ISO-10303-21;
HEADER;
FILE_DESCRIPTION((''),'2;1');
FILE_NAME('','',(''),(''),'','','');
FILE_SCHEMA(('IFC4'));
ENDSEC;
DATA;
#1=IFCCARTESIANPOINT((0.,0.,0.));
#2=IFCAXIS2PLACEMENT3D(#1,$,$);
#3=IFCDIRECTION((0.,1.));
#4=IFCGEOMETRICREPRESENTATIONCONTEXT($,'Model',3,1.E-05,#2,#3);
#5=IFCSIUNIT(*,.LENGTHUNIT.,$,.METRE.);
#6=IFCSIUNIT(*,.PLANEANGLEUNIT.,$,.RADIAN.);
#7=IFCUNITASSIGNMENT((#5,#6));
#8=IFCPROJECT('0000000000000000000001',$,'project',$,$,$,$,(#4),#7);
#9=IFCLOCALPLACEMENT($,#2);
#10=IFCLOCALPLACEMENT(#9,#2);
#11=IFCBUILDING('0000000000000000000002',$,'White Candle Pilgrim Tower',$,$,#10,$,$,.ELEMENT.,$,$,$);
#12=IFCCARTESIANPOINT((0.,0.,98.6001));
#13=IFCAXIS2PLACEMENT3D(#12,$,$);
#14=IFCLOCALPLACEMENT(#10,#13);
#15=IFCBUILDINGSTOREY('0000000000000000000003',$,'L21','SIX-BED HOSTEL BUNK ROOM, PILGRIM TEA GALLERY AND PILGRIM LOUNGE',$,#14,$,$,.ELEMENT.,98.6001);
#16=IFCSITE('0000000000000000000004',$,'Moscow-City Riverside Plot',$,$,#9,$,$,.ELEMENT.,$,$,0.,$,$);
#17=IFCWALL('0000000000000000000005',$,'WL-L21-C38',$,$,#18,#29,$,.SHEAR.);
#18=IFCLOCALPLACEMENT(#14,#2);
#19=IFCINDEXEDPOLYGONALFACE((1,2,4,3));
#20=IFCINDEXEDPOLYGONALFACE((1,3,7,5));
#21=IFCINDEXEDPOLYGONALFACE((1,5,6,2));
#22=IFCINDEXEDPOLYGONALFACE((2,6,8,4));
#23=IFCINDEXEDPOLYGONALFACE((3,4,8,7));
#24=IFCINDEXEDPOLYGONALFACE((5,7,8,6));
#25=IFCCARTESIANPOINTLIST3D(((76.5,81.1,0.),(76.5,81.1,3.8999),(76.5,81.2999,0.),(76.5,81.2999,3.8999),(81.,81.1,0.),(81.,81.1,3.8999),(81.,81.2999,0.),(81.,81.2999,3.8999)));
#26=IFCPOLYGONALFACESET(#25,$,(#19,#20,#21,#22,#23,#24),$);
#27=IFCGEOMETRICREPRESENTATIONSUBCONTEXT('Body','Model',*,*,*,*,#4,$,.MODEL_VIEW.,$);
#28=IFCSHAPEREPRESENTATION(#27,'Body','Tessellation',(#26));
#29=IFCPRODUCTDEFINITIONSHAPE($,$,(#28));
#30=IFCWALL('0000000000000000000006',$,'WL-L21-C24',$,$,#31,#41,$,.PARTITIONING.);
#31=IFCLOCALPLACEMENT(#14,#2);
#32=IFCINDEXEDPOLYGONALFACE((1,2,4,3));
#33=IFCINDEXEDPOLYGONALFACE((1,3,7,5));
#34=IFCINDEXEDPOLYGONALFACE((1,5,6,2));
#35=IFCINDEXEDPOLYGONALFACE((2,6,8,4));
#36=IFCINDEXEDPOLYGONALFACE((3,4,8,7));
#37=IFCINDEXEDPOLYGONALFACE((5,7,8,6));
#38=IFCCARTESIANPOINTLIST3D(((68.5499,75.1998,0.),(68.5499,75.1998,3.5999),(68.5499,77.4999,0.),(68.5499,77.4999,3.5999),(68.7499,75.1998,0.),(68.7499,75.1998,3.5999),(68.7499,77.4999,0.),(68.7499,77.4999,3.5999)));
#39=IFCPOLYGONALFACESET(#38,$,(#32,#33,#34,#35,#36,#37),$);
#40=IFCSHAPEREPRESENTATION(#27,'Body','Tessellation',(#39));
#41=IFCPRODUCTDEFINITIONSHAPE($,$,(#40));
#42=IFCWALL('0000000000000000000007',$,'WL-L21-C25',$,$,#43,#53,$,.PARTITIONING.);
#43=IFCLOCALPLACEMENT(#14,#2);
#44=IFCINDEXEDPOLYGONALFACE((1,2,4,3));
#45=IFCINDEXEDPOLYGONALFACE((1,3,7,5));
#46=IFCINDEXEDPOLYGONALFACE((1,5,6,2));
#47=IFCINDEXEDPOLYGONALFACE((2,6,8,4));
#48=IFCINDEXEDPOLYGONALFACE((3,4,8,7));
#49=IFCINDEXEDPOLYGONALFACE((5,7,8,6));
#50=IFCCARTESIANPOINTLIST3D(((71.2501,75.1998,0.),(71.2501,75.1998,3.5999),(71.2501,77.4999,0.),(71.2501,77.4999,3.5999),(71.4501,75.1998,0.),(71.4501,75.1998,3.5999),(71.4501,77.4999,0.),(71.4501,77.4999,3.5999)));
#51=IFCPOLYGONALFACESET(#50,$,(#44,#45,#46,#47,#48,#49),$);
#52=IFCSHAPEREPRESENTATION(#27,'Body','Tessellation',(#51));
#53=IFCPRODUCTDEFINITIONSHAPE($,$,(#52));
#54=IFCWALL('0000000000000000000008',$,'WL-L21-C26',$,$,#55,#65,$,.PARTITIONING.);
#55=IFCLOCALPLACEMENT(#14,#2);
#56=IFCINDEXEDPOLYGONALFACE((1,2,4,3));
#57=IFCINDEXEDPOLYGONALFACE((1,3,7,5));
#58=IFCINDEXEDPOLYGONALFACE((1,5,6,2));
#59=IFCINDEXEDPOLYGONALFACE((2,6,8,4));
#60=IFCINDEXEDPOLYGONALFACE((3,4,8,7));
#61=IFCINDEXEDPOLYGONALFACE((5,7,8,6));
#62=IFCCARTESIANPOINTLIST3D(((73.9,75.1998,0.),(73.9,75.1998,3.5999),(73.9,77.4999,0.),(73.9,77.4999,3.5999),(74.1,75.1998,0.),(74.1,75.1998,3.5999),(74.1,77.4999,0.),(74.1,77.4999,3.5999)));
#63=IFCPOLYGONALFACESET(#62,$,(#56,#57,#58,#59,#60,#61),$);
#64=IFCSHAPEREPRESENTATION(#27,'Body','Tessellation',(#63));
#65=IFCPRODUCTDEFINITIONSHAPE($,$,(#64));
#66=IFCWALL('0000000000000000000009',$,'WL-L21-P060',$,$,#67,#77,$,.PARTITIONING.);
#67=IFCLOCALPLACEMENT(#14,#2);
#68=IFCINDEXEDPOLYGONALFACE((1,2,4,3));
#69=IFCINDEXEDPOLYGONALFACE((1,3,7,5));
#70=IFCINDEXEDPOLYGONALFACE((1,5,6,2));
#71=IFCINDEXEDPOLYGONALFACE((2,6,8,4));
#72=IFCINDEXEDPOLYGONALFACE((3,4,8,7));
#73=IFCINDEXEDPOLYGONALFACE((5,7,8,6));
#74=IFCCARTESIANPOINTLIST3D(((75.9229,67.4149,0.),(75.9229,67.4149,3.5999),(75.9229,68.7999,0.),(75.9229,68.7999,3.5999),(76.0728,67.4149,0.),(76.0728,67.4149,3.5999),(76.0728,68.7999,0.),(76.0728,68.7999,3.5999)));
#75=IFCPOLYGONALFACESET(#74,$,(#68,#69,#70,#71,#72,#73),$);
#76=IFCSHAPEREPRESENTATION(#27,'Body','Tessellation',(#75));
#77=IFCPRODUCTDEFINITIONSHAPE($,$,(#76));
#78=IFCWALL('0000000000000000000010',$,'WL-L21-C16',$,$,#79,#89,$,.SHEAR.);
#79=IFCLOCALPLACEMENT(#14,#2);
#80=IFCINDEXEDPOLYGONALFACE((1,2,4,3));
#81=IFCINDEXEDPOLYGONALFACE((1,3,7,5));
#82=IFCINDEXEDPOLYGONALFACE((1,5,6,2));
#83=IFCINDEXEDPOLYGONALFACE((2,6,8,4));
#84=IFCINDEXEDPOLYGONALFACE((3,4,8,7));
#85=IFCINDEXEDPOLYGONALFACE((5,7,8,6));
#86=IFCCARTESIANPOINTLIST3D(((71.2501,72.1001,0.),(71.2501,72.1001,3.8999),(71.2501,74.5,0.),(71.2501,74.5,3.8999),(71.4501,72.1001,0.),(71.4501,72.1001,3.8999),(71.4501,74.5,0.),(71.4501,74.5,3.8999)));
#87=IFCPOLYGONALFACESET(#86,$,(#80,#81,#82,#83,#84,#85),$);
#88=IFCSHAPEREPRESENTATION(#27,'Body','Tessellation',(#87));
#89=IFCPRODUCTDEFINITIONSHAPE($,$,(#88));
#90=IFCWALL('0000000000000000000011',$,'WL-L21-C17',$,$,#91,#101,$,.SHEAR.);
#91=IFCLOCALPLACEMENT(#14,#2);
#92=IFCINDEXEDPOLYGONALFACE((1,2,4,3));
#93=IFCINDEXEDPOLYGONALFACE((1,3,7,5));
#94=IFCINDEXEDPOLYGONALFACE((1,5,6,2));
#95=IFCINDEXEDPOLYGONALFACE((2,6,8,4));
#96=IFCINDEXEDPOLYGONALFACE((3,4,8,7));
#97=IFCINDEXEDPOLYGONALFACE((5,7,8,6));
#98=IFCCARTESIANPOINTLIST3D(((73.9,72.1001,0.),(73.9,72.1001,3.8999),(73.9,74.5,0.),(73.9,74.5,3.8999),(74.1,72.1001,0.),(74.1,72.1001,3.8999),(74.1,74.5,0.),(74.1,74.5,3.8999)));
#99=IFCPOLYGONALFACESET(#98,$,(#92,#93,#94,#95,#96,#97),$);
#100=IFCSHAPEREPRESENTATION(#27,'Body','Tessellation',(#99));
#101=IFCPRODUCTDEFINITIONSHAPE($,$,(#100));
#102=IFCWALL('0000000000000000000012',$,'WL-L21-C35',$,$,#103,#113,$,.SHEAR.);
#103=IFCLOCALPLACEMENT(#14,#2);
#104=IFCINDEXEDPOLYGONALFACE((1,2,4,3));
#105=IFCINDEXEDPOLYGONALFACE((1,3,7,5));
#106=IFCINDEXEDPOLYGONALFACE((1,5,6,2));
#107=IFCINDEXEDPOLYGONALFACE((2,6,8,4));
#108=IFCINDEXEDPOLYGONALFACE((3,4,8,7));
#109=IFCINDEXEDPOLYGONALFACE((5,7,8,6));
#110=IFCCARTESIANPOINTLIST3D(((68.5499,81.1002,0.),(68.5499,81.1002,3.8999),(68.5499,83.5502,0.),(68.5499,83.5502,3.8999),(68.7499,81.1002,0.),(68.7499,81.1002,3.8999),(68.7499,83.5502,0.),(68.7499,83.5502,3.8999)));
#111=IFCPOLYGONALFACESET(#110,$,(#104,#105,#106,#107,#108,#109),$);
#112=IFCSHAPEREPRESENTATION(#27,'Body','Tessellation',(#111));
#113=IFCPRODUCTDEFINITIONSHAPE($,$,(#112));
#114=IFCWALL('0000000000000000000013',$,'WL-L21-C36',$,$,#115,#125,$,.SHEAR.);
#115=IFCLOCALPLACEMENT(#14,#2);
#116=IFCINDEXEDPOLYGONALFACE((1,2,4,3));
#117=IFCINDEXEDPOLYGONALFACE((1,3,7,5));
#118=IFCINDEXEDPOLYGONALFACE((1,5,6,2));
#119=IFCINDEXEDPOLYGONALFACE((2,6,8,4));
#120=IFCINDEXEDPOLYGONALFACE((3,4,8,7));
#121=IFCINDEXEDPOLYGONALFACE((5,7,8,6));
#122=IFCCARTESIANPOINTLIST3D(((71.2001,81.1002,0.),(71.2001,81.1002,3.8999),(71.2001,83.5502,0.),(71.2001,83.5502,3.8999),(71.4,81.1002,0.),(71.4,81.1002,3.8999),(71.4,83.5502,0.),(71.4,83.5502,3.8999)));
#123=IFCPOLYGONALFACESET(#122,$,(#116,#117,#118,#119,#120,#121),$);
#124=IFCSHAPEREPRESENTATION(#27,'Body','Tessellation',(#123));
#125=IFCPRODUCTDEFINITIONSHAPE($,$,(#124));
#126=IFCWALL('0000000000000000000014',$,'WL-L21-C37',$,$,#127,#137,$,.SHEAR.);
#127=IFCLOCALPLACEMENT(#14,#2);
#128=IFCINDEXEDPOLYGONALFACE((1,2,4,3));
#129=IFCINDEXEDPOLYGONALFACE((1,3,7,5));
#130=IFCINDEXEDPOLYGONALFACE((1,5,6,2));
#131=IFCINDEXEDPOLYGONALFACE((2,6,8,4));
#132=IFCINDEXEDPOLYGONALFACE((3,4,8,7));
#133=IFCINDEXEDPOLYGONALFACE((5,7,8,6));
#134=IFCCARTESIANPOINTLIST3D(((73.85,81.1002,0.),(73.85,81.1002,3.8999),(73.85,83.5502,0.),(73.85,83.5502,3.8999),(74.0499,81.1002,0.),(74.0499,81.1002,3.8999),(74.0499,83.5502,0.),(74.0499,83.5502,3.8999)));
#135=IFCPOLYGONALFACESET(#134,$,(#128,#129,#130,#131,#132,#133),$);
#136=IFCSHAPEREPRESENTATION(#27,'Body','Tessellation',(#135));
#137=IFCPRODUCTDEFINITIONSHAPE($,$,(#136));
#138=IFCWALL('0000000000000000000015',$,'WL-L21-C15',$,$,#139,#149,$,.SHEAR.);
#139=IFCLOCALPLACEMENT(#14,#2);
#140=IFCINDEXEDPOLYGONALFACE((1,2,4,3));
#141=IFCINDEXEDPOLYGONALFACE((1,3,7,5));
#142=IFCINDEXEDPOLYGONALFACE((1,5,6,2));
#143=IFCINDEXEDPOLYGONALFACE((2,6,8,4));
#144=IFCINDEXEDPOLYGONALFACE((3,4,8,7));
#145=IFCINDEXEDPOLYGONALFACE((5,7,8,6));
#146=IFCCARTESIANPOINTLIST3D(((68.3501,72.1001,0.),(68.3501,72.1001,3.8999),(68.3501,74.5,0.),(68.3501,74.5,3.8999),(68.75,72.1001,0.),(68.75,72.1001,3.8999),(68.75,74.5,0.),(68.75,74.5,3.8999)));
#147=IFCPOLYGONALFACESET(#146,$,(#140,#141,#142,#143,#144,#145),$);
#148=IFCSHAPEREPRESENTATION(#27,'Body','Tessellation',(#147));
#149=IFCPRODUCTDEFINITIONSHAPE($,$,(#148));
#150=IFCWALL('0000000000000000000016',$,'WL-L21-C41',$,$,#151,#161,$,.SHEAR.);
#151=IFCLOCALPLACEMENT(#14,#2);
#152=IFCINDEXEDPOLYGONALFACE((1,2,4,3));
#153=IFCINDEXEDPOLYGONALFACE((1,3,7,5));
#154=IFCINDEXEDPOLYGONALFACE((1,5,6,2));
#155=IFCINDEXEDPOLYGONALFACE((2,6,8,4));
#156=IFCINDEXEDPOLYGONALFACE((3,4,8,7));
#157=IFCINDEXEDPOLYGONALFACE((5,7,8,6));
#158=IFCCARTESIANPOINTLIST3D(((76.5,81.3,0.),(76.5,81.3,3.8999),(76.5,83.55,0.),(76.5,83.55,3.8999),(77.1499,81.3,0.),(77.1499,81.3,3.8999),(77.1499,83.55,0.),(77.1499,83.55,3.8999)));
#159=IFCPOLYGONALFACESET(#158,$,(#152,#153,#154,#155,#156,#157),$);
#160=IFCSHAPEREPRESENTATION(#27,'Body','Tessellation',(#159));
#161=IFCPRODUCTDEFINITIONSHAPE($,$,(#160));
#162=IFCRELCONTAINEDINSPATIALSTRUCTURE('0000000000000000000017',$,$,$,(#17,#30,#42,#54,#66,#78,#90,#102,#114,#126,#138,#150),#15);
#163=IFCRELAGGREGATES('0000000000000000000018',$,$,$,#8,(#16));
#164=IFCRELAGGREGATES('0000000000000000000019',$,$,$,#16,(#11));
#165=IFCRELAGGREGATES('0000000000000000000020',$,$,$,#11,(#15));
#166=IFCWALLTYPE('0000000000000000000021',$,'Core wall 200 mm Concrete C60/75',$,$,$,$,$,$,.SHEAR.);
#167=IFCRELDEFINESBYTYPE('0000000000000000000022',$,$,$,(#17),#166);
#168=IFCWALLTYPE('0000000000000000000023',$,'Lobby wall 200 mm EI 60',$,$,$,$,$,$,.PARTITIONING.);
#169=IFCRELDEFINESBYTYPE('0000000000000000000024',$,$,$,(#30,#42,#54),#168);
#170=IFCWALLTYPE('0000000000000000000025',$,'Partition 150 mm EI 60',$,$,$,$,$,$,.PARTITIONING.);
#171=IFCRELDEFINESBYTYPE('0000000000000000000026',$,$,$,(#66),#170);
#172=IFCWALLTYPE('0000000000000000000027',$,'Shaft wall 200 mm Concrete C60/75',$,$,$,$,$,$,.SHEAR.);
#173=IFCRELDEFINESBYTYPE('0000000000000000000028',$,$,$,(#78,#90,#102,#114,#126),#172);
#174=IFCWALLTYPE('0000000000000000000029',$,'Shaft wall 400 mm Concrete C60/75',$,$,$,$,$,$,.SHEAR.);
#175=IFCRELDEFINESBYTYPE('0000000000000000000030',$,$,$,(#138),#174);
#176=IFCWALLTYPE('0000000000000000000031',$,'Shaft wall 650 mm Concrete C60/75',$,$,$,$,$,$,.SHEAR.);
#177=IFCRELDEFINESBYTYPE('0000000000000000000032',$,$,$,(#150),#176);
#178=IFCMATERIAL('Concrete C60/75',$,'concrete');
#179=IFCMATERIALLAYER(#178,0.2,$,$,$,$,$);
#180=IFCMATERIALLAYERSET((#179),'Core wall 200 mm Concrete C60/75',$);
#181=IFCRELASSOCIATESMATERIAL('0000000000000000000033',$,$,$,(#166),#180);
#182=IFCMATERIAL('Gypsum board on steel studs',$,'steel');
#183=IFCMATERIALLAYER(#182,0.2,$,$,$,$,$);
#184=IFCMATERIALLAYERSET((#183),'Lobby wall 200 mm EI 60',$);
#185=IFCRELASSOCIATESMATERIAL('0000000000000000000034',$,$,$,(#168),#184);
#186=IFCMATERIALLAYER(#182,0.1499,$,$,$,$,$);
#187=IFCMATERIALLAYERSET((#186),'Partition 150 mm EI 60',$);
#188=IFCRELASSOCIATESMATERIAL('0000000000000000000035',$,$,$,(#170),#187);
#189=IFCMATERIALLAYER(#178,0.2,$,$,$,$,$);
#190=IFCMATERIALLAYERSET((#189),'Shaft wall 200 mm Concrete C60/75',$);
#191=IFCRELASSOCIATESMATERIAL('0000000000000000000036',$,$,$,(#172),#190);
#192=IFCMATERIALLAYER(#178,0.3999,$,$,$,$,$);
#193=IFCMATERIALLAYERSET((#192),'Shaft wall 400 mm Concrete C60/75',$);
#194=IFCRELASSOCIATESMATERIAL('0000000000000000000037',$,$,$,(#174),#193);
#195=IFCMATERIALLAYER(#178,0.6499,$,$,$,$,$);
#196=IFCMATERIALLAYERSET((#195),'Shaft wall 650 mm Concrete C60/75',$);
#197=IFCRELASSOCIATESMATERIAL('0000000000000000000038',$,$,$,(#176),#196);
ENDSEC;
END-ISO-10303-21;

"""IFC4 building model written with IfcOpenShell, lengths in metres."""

from ifc_helpers import new_model, si_unit, direction, frame, frame_2d, origin, place, context, subcontext, project, spatial, rectangle, extrude, material, layer, layer_set, type_object, element, save


model = new_model("IFC4")

# Units and contexts
model_context = context("Model", 3, precision=1e-05, world=origin(), true_north=direction((0.0, 1.0)))
body_context = subcontext(model_context, "Body", "Model", "MODEL_VIEW")
ifc_project = project(units=[si_unit("LENGTHUNIT", "METRE"), si_unit("PLANEANGLEUNIT", "RADIAN")], contexts=[model_context])

# Site, building, storey
site_placement = place(None, origin())
site = spatial("IfcSite", under=ifc_project, at=site_placement, Name="Moscow-City Riverside Plot", CompositionType="ELEMENT", RefElevation=0.0)
building_placement = place(site_placement, origin())
building = spatial("IfcBuilding", under=site, at=building_placement, Name="White Candle Pilgrim Tower", CompositionType="ELEMENT")
storey_placement = place(building_placement, frame((0.0, 0.0, 98.6001)))
storey = spatial("IfcBuildingStorey", under=building, at=storey_placement, Name="L21", Description="SIX-BED HOSTEL BUNK ROOM, PILGRIM TEA GALLERY AND PILGRIM LOUNGE", CompositionType="ELEMENT", Elevation=98.6001)

# Walls
ifc_material_1 = material(Name="Concrete C60/75", Category="concrete")
ifc_layer_1 = layer(ifc_material_1, 0.2)
ifc_layer_set_1 = layer_set([ifc_layer_1], Name="Core wall 200 mm Concrete C60/75")
wall_type_1 = type_object("IfcWallType", Name="Core wall 200 mm Concrete C60/75", PredefinedType="SHEAR", material=ifc_layer_set_1)
wall_1_placement = place(storey_placement, frame((76.5, 81.2, 0.0), z_axis=(0.0, 0.0, 1.0), x_axis=(1.0, 0.0, 0.0)))
element("IfcWall", 1, at=wall_1_placement, inside=storey, type_object=wall_type_1, Name="WL-L21-C38", PredefinedType="SHEAR", context=body_context, shape_type="SweptSolid", body=[
    extrude(rectangle(XDim=4.5, YDim=0.2, at=frame_2d((2.25, 0.0))), origin(), (0.0, 0.0, 1.0), 3.8999),
])
ifc_material_2 = material(Name="Gypsum board on steel studs", Category="steel")
ifc_layer_2 = layer(ifc_material_2, 0.2)
ifc_layer_set_2 = layer_set([ifc_layer_2], Name="Lobby wall 200 mm EI 60")
wall_type_2 = type_object("IfcWallType", Name="Lobby wall 200 mm EI 60", PredefinedType="PARTITIONING", material=ifc_layer_set_2)
for number, where, z_axis, x_axis, name in (
    (2, (68.6499, 75.2, 0.0), (0.0, 0.0, 1.0), (0.0, 1.0, 0.0), "WL-L21-C24"),
    (3, (71.3501, 75.2, 0.0), (0.0, 0.0, 1.0), (0.0, 1.0, 0.0), "WL-L21-C25"),
    (4, (74.0, 75.2, 0.0), (0.0, 0.0, 1.0), (0.0, 1.0, 0.0), "WL-L21-C26"),
):
    element("IfcWall", number, at=place(storey_placement, frame(where, z_axis=z_axis, x_axis=x_axis)), inside=storey, type_object=wall_type_2, Name=name, PredefinedType="PARTITIONING", context=body_context, shape_type="SweptSolid", body=[
        extrude(rectangle(XDim=2.3, YDim=0.2, at=frame_2d((1.1499, 0.0))), origin(), (0.0, 0.0, 1.0), 3.5999),
    ])
ifc_layer_3 = layer(ifc_material_2, 0.1499)
ifc_layer_set_3 = layer_set([ifc_layer_3], Name="Partition 150 mm EI 60")
wall_type_3 = type_object("IfcWallType", Name="Partition 150 mm EI 60", PredefinedType="PARTITIONING", material=ifc_layer_set_3)
wall_2_placement = place(storey_placement, frame((75.9978, 67.415, 0.0), z_axis=(0.0, 0.0, 1.0), x_axis=(0.0, 1.0, 0.0)))
element("IfcWall", 5, at=wall_2_placement, inside=storey, type_object=wall_type_3, Name="WL-L21-P060", PredefinedType="PARTITIONING", context=body_context, shape_type="SweptSolid", body=[
    extrude(rectangle(XDim=1.385, YDim=0.1499, at=frame_2d((0.6924, 0.0))), origin(), (0.0, 0.0, 1.0), 3.5999),
])
ifc_layer_4 = layer(ifc_material_1, 0.2)
ifc_layer_set_4 = layer_set([ifc_layer_4], Name="Shaft wall 200 mm Concrete C60/75")
wall_type_4 = type_object("IfcWallType", Name="Shaft wall 200 mm Concrete C60/75", PredefinedType="SHEAR", material=ifc_layer_set_4)
for number, where, z_axis, x_axis, name in (
    (6, (71.3501, 72.1001, 0.0), (0.0, 0.0, 1.0), (0.0, 1.0, 0.0), "WL-L21-C16"),
    (7, (74.0, 72.1001, 0.0), (0.0, 0.0, 1.0), (0.0, 1.0, 0.0), "WL-L21-C17"),
):
    element("IfcWall", number, at=place(storey_placement, frame(where, z_axis=z_axis, x_axis=x_axis)), inside=storey, type_object=wall_type_4, Name=name, PredefinedType="SHEAR", context=body_context, shape_type="SweptSolid", body=[
        extrude(rectangle(XDim=2.3999, YDim=0.2, at=frame_2d((1.2, 0.0))), origin(), (0.0, 0.0, 1.0), 3.8999),
    ])
for number, where, z_axis, x_axis, name in (
    (8, (68.6499, 81.1001, 0.0), (0.0, 0.0, 1.0), (0.0, 1.0, 0.0), "WL-L21-C35"),
    (9, (71.3, 81.1001, 0.0), (0.0, 0.0, 1.0), (0.0, 1.0, 0.0), "WL-L21-C36"),
    (10, (73.95, 81.1001, 0.0), (0.0, 0.0, 1.0), (0.0, 1.0, 0.0), "WL-L21-C37"),
):
    element("IfcWall", number, at=place(storey_placement, frame(where, z_axis=z_axis, x_axis=x_axis)), inside=storey, type_object=wall_type_4, Name=name, PredefinedType="SHEAR", context=body_context, shape_type="SweptSolid", body=[
        extrude(rectangle(XDim=2.45, YDim=0.2, at=frame_2d((1.2251, 0.0))), origin(), (0.0, 0.0, 1.0), 3.8999),
    ])
ifc_layer_5 = layer(ifc_material_1, 0.3999)
ifc_layer_set_5 = layer_set([ifc_layer_5], Name="Shaft wall 400 mm Concrete C60/75")
wall_type_5 = type_object("IfcWallType", Name="Shaft wall 400 mm Concrete C60/75", PredefinedType="SHEAR", material=ifc_layer_set_5)
wall_3_placement = place(storey_placement, frame((68.55, 72.1001, 0.0), z_axis=(0.0, 0.0, 1.0), x_axis=(0.0, 1.0, 0.0)))
element("IfcWall", 11, at=wall_3_placement, inside=storey, type_object=wall_type_5, Name="WL-L21-C15", PredefinedType="SHEAR", context=body_context, shape_type="SweptSolid", body=[
    extrude(rectangle(XDim=2.3999, YDim=0.3999, at=frame_2d((1.2, 0.0))), origin(), (0.0, 0.0, 1.0), 3.8999),
])
ifc_layer_6 = layer(ifc_material_1, 0.6499)
ifc_layer_set_6 = layer_set([ifc_layer_6], Name="Shaft wall 650 mm Concrete C60/75")
wall_type_6 = type_object("IfcWallType", Name="Shaft wall 650 mm Concrete C60/75", PredefinedType="SHEAR", material=ifc_layer_set_6)
wall_4_placement = place(storey_placement, frame((76.825, 81.3, 0.0), z_axis=(0.0, 0.0, 1.0), x_axis=(0.0, 1.0, 0.0)))
element("IfcWall", 12, at=wall_4_placement, inside=storey, type_object=wall_type_6, Name="WL-L21-C41", PredefinedType="SHEAR", context=body_context, shape_type="SweptSolid", body=[
    extrude(rectangle(XDim=2.25, YDim=0.6499, at=frame_2d((1.125, 0.0))), origin(), (0.0, 0.0, 1.0), 3.8999),
])

save(model, "model.ifc")
